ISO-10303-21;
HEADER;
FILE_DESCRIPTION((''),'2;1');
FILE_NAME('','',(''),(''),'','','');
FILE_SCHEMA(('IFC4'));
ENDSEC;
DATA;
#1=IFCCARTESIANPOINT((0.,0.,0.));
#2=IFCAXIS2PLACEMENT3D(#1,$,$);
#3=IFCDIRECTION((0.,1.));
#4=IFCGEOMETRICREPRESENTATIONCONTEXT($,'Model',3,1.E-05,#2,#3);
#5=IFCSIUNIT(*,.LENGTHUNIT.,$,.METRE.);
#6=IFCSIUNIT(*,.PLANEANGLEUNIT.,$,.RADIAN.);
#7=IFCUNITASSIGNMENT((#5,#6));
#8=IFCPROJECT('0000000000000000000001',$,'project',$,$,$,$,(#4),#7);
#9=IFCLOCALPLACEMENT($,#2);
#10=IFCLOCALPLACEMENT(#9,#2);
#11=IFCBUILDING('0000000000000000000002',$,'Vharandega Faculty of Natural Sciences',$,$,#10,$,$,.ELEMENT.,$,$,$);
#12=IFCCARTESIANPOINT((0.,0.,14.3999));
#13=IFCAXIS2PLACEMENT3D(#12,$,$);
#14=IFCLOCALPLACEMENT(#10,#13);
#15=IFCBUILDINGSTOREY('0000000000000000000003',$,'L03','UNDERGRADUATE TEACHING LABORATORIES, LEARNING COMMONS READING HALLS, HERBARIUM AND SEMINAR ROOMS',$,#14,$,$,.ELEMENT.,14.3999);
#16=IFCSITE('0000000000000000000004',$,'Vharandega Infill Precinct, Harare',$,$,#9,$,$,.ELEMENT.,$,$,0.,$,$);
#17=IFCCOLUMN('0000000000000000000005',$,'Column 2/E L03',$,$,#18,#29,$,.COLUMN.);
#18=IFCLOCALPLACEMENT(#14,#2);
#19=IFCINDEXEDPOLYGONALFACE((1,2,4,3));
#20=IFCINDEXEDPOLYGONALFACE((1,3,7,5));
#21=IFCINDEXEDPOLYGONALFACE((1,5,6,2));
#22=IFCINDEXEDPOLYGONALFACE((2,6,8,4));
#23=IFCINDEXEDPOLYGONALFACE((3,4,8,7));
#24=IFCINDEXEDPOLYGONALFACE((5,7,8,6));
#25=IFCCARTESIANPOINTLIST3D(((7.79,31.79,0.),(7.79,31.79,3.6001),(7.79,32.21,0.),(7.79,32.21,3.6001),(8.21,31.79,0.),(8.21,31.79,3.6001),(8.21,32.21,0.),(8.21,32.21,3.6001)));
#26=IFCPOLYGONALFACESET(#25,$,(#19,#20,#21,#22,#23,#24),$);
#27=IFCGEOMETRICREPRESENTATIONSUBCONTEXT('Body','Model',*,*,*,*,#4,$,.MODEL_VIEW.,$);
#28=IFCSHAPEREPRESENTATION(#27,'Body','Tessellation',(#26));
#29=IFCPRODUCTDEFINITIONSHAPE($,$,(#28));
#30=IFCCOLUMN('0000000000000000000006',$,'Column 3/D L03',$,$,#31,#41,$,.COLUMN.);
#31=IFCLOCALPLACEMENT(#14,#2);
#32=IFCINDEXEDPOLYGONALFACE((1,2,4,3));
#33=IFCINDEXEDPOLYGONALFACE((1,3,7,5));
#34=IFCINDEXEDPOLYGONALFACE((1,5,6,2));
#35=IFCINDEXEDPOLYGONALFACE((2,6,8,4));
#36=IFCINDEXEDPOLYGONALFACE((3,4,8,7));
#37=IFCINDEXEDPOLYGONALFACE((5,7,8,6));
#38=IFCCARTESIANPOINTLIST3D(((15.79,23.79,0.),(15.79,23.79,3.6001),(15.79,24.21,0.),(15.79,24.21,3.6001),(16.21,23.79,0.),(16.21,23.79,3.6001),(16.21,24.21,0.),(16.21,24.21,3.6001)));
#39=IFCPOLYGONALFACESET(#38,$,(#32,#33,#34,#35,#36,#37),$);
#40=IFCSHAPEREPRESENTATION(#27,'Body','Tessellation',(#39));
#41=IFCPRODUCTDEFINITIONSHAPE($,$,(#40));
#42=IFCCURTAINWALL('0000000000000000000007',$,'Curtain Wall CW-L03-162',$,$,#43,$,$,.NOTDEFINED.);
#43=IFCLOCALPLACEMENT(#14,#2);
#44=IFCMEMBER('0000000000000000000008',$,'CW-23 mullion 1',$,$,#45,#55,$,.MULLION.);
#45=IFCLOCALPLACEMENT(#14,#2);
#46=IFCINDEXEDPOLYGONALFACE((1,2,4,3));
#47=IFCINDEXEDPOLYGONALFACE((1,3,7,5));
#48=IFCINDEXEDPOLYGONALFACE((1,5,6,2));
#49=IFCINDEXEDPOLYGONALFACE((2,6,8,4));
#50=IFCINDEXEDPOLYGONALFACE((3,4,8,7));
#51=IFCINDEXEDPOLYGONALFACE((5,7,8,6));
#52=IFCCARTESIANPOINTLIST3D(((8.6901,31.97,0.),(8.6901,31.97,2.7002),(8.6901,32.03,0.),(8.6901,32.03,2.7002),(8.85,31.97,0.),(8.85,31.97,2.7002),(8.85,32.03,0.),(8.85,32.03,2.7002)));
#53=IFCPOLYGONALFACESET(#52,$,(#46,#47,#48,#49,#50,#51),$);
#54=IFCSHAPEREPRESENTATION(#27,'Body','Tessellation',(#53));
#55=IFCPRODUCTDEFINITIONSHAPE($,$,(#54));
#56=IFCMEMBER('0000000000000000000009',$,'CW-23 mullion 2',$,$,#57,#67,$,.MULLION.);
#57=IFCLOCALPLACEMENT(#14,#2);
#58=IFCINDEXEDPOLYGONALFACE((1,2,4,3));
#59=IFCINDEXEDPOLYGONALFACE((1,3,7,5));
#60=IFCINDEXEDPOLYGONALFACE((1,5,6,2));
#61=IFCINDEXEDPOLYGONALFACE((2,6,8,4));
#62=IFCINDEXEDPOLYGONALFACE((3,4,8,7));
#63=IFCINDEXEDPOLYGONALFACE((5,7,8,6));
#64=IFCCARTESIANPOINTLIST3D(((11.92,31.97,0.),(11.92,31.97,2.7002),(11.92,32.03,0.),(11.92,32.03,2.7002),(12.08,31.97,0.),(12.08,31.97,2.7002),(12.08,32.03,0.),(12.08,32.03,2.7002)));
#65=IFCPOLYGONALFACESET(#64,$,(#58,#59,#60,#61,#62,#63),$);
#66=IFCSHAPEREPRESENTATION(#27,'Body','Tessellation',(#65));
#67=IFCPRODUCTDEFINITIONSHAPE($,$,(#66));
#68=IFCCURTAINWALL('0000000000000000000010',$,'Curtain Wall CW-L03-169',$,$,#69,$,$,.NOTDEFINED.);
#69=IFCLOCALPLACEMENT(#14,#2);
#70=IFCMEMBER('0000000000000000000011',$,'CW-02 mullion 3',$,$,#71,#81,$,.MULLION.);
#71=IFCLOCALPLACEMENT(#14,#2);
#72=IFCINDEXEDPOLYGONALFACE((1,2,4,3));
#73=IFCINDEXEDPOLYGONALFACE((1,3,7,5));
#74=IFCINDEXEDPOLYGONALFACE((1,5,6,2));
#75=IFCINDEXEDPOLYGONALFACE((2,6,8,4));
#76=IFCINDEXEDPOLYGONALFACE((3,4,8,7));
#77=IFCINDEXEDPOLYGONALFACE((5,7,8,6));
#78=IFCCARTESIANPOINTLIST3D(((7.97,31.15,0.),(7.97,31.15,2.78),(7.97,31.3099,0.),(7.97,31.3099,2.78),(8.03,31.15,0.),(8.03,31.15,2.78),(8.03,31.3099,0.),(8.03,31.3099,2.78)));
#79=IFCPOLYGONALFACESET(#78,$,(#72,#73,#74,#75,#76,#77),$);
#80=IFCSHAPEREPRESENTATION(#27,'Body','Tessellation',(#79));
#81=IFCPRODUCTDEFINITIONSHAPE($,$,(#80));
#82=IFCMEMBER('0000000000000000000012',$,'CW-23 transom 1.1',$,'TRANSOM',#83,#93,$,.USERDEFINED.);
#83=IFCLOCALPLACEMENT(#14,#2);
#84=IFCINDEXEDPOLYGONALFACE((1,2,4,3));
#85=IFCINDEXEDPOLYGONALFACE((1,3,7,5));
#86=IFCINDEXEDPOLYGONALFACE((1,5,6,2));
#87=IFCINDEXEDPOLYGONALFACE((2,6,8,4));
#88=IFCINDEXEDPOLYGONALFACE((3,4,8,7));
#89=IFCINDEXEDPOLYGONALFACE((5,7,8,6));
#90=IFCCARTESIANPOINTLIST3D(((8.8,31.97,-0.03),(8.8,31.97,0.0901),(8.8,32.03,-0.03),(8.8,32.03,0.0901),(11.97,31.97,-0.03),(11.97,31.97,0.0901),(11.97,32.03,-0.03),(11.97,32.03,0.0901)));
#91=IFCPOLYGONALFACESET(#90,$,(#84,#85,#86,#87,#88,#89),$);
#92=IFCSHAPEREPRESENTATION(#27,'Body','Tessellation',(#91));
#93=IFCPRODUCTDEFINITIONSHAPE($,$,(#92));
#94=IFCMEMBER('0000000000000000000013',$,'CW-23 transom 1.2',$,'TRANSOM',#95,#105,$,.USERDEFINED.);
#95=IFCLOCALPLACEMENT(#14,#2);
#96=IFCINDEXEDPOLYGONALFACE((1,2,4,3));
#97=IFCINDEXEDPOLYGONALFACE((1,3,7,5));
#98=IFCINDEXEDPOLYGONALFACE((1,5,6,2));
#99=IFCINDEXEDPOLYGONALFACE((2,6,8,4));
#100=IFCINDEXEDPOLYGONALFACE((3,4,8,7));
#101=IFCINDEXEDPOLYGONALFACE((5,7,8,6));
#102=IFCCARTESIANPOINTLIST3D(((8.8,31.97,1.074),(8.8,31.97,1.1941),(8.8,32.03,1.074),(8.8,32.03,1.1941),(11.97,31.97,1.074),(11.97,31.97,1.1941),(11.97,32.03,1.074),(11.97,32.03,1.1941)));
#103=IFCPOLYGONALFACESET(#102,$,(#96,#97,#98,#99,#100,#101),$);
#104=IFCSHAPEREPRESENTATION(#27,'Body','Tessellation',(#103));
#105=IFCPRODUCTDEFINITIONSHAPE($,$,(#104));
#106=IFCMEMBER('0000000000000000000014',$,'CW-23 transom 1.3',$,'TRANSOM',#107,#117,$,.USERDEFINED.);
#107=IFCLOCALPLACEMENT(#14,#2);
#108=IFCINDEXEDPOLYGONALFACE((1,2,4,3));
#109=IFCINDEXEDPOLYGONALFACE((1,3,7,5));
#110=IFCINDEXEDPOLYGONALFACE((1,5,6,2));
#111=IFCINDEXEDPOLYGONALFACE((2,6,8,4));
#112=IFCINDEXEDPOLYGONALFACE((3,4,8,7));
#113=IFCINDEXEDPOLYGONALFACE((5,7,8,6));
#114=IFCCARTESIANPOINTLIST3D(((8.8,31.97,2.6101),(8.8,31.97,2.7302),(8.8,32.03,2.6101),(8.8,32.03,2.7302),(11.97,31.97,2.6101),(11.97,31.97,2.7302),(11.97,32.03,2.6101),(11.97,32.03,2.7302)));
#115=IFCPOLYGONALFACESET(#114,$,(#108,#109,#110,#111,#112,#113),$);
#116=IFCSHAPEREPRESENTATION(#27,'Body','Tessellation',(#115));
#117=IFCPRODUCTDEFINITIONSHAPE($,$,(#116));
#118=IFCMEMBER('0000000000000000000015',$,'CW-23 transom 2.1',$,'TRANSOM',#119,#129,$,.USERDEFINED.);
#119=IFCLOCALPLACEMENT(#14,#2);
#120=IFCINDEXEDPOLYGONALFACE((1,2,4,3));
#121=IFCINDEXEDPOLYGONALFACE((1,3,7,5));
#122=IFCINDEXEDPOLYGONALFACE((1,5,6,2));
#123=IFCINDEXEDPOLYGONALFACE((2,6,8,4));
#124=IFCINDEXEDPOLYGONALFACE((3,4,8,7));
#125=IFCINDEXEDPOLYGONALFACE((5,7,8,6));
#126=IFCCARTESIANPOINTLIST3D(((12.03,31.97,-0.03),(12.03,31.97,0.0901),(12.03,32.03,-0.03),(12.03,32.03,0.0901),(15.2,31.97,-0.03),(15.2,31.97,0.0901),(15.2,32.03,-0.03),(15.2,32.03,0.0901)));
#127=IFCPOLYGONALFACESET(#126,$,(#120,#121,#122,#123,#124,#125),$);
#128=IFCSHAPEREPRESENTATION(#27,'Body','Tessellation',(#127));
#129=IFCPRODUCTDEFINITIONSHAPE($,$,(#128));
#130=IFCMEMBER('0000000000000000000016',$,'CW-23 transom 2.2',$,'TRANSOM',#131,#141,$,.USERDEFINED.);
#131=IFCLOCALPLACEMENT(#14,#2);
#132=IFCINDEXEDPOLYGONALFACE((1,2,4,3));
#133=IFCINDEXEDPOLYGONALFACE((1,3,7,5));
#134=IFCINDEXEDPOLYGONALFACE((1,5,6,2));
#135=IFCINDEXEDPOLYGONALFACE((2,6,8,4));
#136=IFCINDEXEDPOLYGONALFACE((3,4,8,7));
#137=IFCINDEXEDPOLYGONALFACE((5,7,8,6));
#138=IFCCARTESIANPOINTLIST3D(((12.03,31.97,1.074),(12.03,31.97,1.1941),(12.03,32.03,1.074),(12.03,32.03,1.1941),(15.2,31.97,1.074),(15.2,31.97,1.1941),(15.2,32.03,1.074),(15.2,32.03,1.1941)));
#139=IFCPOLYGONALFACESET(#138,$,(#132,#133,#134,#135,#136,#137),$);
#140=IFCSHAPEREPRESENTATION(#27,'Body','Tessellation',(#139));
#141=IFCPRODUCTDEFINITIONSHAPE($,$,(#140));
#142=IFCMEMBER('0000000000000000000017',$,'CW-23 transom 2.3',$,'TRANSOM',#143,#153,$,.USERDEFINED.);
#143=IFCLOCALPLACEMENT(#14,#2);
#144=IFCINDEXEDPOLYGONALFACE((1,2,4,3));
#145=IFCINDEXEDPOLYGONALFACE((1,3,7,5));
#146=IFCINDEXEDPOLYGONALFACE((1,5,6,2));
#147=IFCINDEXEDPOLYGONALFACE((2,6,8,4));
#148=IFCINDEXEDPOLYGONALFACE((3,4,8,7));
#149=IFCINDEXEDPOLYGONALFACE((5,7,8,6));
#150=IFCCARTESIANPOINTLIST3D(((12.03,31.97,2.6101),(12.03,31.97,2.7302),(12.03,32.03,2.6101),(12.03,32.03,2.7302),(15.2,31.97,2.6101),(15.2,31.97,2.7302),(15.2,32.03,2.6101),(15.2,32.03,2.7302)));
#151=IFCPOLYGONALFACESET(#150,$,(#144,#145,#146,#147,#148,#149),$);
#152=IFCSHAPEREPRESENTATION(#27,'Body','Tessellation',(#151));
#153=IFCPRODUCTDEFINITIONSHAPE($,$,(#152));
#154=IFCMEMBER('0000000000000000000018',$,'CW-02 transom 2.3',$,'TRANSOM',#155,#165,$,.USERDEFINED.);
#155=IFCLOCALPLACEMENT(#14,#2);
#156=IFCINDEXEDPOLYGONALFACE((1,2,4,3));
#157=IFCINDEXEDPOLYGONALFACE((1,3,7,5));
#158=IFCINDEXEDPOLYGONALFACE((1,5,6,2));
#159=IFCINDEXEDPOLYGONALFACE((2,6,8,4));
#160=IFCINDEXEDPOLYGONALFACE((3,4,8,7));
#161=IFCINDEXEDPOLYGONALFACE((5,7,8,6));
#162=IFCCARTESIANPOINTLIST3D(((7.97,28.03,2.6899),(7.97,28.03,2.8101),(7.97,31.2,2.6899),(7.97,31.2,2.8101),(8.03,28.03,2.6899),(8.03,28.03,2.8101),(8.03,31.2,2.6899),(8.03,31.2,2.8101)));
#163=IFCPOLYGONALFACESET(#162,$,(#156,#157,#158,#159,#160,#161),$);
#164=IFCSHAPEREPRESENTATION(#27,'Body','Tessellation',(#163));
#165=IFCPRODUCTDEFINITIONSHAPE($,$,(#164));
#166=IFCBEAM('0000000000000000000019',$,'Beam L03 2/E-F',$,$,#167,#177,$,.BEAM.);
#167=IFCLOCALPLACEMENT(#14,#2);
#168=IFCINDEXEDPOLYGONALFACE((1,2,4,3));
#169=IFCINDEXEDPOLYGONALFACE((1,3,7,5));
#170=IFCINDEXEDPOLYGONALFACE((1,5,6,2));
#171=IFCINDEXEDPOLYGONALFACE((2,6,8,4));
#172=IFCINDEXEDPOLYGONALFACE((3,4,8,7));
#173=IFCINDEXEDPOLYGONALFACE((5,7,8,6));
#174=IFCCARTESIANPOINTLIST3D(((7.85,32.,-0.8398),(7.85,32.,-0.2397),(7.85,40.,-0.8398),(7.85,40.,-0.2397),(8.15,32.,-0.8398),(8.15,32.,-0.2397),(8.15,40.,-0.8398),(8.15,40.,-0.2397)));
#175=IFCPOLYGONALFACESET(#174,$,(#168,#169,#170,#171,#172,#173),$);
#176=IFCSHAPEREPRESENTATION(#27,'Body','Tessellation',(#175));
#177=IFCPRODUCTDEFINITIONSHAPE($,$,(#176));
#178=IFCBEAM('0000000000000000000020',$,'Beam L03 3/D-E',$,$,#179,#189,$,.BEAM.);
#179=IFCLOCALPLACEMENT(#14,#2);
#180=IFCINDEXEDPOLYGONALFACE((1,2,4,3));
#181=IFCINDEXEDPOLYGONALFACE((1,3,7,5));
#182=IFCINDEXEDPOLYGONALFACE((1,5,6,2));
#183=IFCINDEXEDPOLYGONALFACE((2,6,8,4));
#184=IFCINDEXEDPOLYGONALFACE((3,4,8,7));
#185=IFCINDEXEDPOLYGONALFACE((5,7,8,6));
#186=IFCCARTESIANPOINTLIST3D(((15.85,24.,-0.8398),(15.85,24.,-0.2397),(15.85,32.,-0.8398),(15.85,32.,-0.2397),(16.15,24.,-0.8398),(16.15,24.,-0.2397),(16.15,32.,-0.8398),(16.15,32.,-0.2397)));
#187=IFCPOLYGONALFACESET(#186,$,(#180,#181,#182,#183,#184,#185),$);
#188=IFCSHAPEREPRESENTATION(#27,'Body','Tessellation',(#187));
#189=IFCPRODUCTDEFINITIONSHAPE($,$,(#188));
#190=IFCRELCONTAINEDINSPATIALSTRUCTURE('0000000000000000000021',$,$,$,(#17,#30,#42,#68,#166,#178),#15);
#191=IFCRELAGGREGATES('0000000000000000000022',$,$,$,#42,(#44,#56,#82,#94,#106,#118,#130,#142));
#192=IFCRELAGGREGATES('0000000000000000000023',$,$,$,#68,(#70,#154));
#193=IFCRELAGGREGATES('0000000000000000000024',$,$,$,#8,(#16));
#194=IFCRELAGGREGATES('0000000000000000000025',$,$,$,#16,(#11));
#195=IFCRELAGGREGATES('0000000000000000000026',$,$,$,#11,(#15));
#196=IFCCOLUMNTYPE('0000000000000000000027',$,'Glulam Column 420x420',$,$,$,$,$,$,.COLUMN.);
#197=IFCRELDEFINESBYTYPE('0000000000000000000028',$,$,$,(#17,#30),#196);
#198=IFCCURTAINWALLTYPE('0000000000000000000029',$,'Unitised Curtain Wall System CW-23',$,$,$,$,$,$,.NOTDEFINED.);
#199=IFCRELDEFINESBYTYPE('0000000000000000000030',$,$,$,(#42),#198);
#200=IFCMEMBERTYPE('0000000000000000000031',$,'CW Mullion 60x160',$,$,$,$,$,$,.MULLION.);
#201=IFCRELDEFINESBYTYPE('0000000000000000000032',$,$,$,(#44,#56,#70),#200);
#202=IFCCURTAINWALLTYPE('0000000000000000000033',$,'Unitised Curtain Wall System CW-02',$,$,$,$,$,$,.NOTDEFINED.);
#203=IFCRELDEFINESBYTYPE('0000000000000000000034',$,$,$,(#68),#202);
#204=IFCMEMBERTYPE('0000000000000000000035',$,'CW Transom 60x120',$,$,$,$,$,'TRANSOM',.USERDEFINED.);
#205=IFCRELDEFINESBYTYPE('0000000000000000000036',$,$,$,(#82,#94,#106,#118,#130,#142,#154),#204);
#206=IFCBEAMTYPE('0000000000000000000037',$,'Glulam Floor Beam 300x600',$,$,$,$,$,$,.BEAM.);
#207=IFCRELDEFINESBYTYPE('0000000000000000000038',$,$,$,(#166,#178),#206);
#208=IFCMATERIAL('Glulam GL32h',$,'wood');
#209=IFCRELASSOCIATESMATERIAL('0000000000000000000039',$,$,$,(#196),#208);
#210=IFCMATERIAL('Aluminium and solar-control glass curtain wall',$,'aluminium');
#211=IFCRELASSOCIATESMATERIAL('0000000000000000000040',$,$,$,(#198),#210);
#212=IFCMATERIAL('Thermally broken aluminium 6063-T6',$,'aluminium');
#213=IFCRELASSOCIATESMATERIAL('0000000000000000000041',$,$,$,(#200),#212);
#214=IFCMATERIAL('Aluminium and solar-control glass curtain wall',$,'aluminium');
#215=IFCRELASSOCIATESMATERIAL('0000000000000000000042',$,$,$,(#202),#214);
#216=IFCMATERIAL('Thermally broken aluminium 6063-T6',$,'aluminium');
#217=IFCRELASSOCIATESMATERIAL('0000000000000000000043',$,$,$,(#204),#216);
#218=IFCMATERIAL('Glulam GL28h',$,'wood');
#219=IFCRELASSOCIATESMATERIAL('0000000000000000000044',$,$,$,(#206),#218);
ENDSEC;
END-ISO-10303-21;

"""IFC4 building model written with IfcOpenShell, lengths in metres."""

from ifc_helpers import new_model, si_unit, direction, frame, origin, origin_2d, place, context, subcontext, project, spatial, rectangle, extrude, material, material_profile, profile_set, type_object, element, aggregate, save


model = new_model("IFC4")

# Units and contexts
model_context = context("Model", 3, precision=1e-05, world=origin(), true_north=direction((0.0, 1.0)))
body_context = subcontext(model_context, "Body", "Model", "MODEL_VIEW")
ifc_project = project(units=[si_unit("LENGTHUNIT", "METRE"), si_unit("PLANEANGLEUNIT", "RADIAN")], contexts=[model_context])

# Site, building, storey
site_placement = place(None, origin())
site = spatial("IfcSite", under=ifc_project, at=site_placement, Name="Vharandega Infill Precinct, Harare", CompositionType="ELEMENT", RefElevation=0.0)
building_placement = place(site_placement, origin())
building = spatial("IfcBuilding", under=site, at=building_placement, Name="Vharandega Faculty of Natural Sciences", CompositionType="ELEMENT")
storey_placement = place(building_placement, frame((0.0, 0.0, 14.3999)))
storey = spatial("IfcBuildingStorey", under=building, at=storey_placement, Name="L03", Description="UNDERGRADUATE TEACHING LABORATORIES, LEARNING COMMONS READING HALLS, HERBARIUM AND SEMINAR ROOMS", CompositionType="ELEMENT", Elevation=14.3999)

# Columns
ifc_material_1 = material(Name="Glulam GL32h", Category="wood")
ifc_material_profile_1 = material_profile(ifc_material_1, rectangle(XDim=0.4199, YDim=0.4199, at=origin_2d()), Name="GL32h 420x420")
ifc_profile_set_1 = profile_set([ifc_material_profile_1], Name="Glulam GL32h")
column_type = type_object("IfcColumnType", Name="Glulam Column 420x420", PredefinedType="COLUMN", material=ifc_profile_set_1)
for number, where, z_axis, x_axis, name in (
    (1, (8.0, 32.0, 0.0), (0.0, 0.0, 1.0), (1.0, 0.0, 0.0), "Column 2/E L03"),
    (2, (16.0, 24.0, 0.0), (0.0, 0.0, 1.0), (1.0, 0.0, 0.0), "Column 3/D L03"),
):
    element("IfcColumn", number, at=place(storey_placement, frame(where, z_axis=z_axis, x_axis=x_axis)), inside=storey, type_object=column_type, Name=name, PredefinedType="COLUMN", context=body_context, shape_type="SweptSolid", body=[
        extrude(rectangle(XDim=0.4199, YDim=0.4199, at=origin_2d()), origin(), (0.0, 0.0, 1.0), 3.6001),
    ])

# Curtain wall, members
ifc_material_2 = material(Name="Aluminium and solar-control glass curtain wall", Category="aluminium")
curtain_wall_type_1 = type_object("IfcCurtainWallType", Name="Unitised Curtain Wall System CW-23", PredefinedType="NOTDEFINED", material=ifc_material_2)
curtain_wall_1_placement = place(storey_placement, origin())
curtain_wall_1 = element("IfcCurtainWall", 3, at=curtain_wall_1_placement, inside=storey, type_object=curtain_wall_type_1, Name="Curtain Wall CW-L03-162", PredefinedType="NOTDEFINED")
ifc_material_3 = material(Name="Thermally broken aluminium 6063-T6", Category="aluminium")
ifc_material_profile_2 = material_profile(ifc_material_3, rectangle(XDim=0.0601, YDim=0.1599, at=origin_2d()), Name="ALU 60x160")
ifc_profile_set_2 = profile_set([ifc_material_profile_2], Name="Thermally broken aluminium 6063-T6")
member_type_1 = type_object("IfcMemberType", Name="CW Mullion 60x160", PredefinedType="MULLION", material=ifc_profile_set_2)
member_1_placement = place(storey_placement, frame((8.77, 32.0, 0.0), z_axis=(0.0, 0.0, 1.0), x_axis=(0.0, 1.0, 0.0)))
member_1 = element("IfcMember", 4, at=member_1_placement, type_object=member_type_1, Name="CW-23 mullion 1", PredefinedType="MULLION", context=body_context, shape_type="SweptSolid", body=[
    extrude(rectangle(XDim=0.0601, YDim=0.1599, at=origin_2d()), origin(), (0.0, 0.0, 1.0), 2.7002),
])
member_2_placement = place(storey_placement, frame((12.0, 32.0, 0.0), z_axis=(0.0, 0.0, 1.0), x_axis=(0.0, 1.0, 0.0)))
member_2 = element("IfcMember", 5, at=member_2_placement, type_object=member_type_1, Name="CW-23 mullion 2", PredefinedType="MULLION", context=body_context, shape_type="SweptSolid", body=[
    extrude(rectangle(XDim=0.0601, YDim=0.1599, at=origin_2d()), origin(), (0.0, 0.0, 1.0), 2.7002),
])

# Curtain wall, member
ifc_material_4 = material(Name="Aluminium and solar-control glass curtain wall", Category="aluminium")
curtain_wall_type_2 = type_object("IfcCurtainWallType", Name="Unitised Curtain Wall System CW-02", PredefinedType="NOTDEFINED", material=ifc_material_4)
curtain_wall_2_placement = place(storey_placement, origin())
curtain_wall_2 = element("IfcCurtainWall", 6, at=curtain_wall_2_placement, inside=storey, type_object=curtain_wall_type_2, Name="Curtain Wall CW-L03-169", PredefinedType="NOTDEFINED")
member_3_placement = place(storey_placement, frame((8.0, 31.23, 0.0), z_axis=(0.0, 0.0, 1.0), x_axis=(-1.0, 0.0, 0.0)))
member_3 = element("IfcMember", 7, at=member_3_placement, type_object=member_type_1, Name="CW-02 mullion 3", PredefinedType="MULLION", context=body_context, shape_type="SweptSolid", body=[
    extrude(rectangle(XDim=0.0601, YDim=0.1599, at=origin_2d()), origin(), (0.0, 0.0, 1.0), 2.78),
])

# Members
ifc_material_5 = material(Name="Thermally broken aluminium 6063-T6", Category="aluminium")
ifc_material_profile_3 = material_profile(ifc_material_5, rectangle(XDim=0.0601, YDim=0.1201, at=origin_2d()), Name="ALU 60x120")
ifc_profile_set_3 = profile_set([ifc_material_profile_3], Name="Thermally broken aluminium 6063-T6")
member_type_2 = type_object("IfcMemberType", Name="CW Transom 60x120", ElementType="TRANSOM", PredefinedType="USERDEFINED", material=ifc_profile_set_3)
member_4_placement = place(storey_placement, frame((8.8, 32.0, 0.03), z_axis=(1.0, 0.0, 0.0), x_axis=(0.0, 1.0, 0.0)))
member_4 = element("IfcMember", 8, at=member_4_placement, type_object=member_type_2, Name="CW-23 transom 1.1", ObjectType="TRANSOM", PredefinedType="USERDEFINED", context=body_context, shape_type="SweptSolid", body=[
    extrude(rectangle(XDim=0.0601, YDim=0.1201, at=origin_2d()), origin(), (0.0, 0.0, 1.0), 3.1699),
])
member_5_placement = place(storey_placement, frame((8.8, 32.0, 1.134), z_axis=(1.0, 0.0, 0.0), x_axis=(0.0, 1.0, 0.0)))
member_5 = element("IfcMember", 9, at=member_5_placement, type_object=member_type_2, Name="CW-23 transom 1.2", ObjectType="TRANSOM", PredefinedType="USERDEFINED", context=body_context, shape_type="SweptSolid", body=[
    extrude(rectangle(XDim=0.0601, YDim=0.1201, at=origin_2d()), origin(), (0.0, 0.0, 1.0), 3.1699),
])
member_6_placement = place(storey_placement, frame((8.8, 32.0, 2.6702), z_axis=(1.0, 0.0, 0.0), x_axis=(0.0, 1.0, 0.0)))
member_6 = element("IfcMember", 10, at=member_6_placement, type_object=member_type_2, Name="CW-23 transom 1.3", ObjectType="TRANSOM", PredefinedType="USERDEFINED", context=body_context, shape_type="SweptSolid", body=[
    extrude(rectangle(XDim=0.0601, YDim=0.1201, at=origin_2d()), origin(), (0.0, 0.0, 1.0), 3.1699),
])
member_7_placement = place(storey_placement, frame((12.03, 32.0, 0.03), z_axis=(1.0, 0.0, 0.0), x_axis=(0.0, 1.0, 0.0)))
member_7 = element("IfcMember", 11, at=member_7_placement, type_object=member_type_2, Name="CW-23 transom 2.1", ObjectType="TRANSOM", PredefinedType="USERDEFINED", context=body_context, shape_type="SweptSolid", body=[
    extrude(rectangle(XDim=0.0601, YDim=0.1201, at=origin_2d()), origin(), (0.0, 0.0, 1.0), 3.1699),
])
member_8_placement = place(storey_placement, frame((12.03, 32.0, 1.134), z_axis=(1.0, 0.0, 0.0), x_axis=(0.0, 1.0, 0.0)))
member_8 = element("IfcMember", 12, at=member_8_placement, type_object=member_type_2, Name="CW-23 transom 2.2", ObjectType="TRANSOM", PredefinedType="USERDEFINED", context=body_context, shape_type="SweptSolid", body=[
    extrude(rectangle(XDim=0.0601, YDim=0.1201, at=origin_2d()), origin(), (0.0, 0.0, 1.0), 3.1699),
])
member_9_placement = place(storey_placement, frame((12.03, 32.0, 2.6702), z_axis=(1.0, 0.0, 0.0), x_axis=(0.0, 1.0, 0.0)))
member_9 = element("IfcMember", 13, at=member_9_placement, type_object=member_type_2, Name="CW-23 transom 2.3", ObjectType="TRANSOM", PredefinedType="USERDEFINED", context=body_context, shape_type="SweptSolid", body=[
    extrude(rectangle(XDim=0.0601, YDim=0.1201, at=origin_2d()), origin(), (0.0, 0.0, 1.0), 3.1699),
])
member_10_placement = place(storey_placement, frame((8.0, 28.03, 2.75), z_axis=(0.0, 1.0, 0.0), x_axis=(-1.0, 0.0, 0.0)))
member_10 = element("IfcMember", 14, at=member_10_placement, type_object=member_type_2, Name="CW-02 transom 2.3", ObjectType="TRANSOM", PredefinedType="USERDEFINED", context=body_context, shape_type="SweptSolid", body=[
    extrude(rectangle(XDim=0.0601, YDim=0.1201, at=origin_2d()), origin(), (0.0, 0.0, 1.0), 3.1699),
])

# Beams
ifc_material_6 = material(Name="Glulam GL28h", Category="wood")
ifc_material_profile_4 = material_profile(ifc_material_6, rectangle(XDim=0.3, YDim=0.6001, at=origin_2d()), Name="GL28h 300x600")
ifc_profile_set_4 = profile_set([ifc_material_profile_4], Name="Glulam GL28h")
beam_type_1 = type_object("IfcBeamType", Name="Glulam Floor Beam 300x600", PredefinedType="BEAM", material=ifc_profile_set_4)
for number, where, z_axis, x_axis, name in (
    (15, (8.0, 32.0, -0.5398), (0.0, 1.0, 0.0), (-1.0, 0.0, 0.0), "Beam L03 2/E-F"),
    (16, (16.0, 24.0, -0.5398), (0.0, 1.0, 0.0), (-1.0, 0.0, 0.0), "Beam L03 3/D-E"),
):
    element("IfcBeam", number, at=place(storey_placement, frame(where, z_axis=z_axis, x_axis=x_axis)), inside=storey, type_object=beam_type_1, Name=name, PredefinedType="BEAM", context=body_context, shape_type="SweptSolid", body=[
        extrude(rectangle(XDim=0.3, YDim=0.6001, at=origin_2d()), origin(), (0.0, 0.0, 1.0), 8.0),
    ])

aggregate(curtain_wall_1, [member_1, member_2, member_4, member_5, member_6, member_7, member_8, member_9])
aggregate(curtain_wall_2, [member_3, member_10])

save(model, "model.ifc")
